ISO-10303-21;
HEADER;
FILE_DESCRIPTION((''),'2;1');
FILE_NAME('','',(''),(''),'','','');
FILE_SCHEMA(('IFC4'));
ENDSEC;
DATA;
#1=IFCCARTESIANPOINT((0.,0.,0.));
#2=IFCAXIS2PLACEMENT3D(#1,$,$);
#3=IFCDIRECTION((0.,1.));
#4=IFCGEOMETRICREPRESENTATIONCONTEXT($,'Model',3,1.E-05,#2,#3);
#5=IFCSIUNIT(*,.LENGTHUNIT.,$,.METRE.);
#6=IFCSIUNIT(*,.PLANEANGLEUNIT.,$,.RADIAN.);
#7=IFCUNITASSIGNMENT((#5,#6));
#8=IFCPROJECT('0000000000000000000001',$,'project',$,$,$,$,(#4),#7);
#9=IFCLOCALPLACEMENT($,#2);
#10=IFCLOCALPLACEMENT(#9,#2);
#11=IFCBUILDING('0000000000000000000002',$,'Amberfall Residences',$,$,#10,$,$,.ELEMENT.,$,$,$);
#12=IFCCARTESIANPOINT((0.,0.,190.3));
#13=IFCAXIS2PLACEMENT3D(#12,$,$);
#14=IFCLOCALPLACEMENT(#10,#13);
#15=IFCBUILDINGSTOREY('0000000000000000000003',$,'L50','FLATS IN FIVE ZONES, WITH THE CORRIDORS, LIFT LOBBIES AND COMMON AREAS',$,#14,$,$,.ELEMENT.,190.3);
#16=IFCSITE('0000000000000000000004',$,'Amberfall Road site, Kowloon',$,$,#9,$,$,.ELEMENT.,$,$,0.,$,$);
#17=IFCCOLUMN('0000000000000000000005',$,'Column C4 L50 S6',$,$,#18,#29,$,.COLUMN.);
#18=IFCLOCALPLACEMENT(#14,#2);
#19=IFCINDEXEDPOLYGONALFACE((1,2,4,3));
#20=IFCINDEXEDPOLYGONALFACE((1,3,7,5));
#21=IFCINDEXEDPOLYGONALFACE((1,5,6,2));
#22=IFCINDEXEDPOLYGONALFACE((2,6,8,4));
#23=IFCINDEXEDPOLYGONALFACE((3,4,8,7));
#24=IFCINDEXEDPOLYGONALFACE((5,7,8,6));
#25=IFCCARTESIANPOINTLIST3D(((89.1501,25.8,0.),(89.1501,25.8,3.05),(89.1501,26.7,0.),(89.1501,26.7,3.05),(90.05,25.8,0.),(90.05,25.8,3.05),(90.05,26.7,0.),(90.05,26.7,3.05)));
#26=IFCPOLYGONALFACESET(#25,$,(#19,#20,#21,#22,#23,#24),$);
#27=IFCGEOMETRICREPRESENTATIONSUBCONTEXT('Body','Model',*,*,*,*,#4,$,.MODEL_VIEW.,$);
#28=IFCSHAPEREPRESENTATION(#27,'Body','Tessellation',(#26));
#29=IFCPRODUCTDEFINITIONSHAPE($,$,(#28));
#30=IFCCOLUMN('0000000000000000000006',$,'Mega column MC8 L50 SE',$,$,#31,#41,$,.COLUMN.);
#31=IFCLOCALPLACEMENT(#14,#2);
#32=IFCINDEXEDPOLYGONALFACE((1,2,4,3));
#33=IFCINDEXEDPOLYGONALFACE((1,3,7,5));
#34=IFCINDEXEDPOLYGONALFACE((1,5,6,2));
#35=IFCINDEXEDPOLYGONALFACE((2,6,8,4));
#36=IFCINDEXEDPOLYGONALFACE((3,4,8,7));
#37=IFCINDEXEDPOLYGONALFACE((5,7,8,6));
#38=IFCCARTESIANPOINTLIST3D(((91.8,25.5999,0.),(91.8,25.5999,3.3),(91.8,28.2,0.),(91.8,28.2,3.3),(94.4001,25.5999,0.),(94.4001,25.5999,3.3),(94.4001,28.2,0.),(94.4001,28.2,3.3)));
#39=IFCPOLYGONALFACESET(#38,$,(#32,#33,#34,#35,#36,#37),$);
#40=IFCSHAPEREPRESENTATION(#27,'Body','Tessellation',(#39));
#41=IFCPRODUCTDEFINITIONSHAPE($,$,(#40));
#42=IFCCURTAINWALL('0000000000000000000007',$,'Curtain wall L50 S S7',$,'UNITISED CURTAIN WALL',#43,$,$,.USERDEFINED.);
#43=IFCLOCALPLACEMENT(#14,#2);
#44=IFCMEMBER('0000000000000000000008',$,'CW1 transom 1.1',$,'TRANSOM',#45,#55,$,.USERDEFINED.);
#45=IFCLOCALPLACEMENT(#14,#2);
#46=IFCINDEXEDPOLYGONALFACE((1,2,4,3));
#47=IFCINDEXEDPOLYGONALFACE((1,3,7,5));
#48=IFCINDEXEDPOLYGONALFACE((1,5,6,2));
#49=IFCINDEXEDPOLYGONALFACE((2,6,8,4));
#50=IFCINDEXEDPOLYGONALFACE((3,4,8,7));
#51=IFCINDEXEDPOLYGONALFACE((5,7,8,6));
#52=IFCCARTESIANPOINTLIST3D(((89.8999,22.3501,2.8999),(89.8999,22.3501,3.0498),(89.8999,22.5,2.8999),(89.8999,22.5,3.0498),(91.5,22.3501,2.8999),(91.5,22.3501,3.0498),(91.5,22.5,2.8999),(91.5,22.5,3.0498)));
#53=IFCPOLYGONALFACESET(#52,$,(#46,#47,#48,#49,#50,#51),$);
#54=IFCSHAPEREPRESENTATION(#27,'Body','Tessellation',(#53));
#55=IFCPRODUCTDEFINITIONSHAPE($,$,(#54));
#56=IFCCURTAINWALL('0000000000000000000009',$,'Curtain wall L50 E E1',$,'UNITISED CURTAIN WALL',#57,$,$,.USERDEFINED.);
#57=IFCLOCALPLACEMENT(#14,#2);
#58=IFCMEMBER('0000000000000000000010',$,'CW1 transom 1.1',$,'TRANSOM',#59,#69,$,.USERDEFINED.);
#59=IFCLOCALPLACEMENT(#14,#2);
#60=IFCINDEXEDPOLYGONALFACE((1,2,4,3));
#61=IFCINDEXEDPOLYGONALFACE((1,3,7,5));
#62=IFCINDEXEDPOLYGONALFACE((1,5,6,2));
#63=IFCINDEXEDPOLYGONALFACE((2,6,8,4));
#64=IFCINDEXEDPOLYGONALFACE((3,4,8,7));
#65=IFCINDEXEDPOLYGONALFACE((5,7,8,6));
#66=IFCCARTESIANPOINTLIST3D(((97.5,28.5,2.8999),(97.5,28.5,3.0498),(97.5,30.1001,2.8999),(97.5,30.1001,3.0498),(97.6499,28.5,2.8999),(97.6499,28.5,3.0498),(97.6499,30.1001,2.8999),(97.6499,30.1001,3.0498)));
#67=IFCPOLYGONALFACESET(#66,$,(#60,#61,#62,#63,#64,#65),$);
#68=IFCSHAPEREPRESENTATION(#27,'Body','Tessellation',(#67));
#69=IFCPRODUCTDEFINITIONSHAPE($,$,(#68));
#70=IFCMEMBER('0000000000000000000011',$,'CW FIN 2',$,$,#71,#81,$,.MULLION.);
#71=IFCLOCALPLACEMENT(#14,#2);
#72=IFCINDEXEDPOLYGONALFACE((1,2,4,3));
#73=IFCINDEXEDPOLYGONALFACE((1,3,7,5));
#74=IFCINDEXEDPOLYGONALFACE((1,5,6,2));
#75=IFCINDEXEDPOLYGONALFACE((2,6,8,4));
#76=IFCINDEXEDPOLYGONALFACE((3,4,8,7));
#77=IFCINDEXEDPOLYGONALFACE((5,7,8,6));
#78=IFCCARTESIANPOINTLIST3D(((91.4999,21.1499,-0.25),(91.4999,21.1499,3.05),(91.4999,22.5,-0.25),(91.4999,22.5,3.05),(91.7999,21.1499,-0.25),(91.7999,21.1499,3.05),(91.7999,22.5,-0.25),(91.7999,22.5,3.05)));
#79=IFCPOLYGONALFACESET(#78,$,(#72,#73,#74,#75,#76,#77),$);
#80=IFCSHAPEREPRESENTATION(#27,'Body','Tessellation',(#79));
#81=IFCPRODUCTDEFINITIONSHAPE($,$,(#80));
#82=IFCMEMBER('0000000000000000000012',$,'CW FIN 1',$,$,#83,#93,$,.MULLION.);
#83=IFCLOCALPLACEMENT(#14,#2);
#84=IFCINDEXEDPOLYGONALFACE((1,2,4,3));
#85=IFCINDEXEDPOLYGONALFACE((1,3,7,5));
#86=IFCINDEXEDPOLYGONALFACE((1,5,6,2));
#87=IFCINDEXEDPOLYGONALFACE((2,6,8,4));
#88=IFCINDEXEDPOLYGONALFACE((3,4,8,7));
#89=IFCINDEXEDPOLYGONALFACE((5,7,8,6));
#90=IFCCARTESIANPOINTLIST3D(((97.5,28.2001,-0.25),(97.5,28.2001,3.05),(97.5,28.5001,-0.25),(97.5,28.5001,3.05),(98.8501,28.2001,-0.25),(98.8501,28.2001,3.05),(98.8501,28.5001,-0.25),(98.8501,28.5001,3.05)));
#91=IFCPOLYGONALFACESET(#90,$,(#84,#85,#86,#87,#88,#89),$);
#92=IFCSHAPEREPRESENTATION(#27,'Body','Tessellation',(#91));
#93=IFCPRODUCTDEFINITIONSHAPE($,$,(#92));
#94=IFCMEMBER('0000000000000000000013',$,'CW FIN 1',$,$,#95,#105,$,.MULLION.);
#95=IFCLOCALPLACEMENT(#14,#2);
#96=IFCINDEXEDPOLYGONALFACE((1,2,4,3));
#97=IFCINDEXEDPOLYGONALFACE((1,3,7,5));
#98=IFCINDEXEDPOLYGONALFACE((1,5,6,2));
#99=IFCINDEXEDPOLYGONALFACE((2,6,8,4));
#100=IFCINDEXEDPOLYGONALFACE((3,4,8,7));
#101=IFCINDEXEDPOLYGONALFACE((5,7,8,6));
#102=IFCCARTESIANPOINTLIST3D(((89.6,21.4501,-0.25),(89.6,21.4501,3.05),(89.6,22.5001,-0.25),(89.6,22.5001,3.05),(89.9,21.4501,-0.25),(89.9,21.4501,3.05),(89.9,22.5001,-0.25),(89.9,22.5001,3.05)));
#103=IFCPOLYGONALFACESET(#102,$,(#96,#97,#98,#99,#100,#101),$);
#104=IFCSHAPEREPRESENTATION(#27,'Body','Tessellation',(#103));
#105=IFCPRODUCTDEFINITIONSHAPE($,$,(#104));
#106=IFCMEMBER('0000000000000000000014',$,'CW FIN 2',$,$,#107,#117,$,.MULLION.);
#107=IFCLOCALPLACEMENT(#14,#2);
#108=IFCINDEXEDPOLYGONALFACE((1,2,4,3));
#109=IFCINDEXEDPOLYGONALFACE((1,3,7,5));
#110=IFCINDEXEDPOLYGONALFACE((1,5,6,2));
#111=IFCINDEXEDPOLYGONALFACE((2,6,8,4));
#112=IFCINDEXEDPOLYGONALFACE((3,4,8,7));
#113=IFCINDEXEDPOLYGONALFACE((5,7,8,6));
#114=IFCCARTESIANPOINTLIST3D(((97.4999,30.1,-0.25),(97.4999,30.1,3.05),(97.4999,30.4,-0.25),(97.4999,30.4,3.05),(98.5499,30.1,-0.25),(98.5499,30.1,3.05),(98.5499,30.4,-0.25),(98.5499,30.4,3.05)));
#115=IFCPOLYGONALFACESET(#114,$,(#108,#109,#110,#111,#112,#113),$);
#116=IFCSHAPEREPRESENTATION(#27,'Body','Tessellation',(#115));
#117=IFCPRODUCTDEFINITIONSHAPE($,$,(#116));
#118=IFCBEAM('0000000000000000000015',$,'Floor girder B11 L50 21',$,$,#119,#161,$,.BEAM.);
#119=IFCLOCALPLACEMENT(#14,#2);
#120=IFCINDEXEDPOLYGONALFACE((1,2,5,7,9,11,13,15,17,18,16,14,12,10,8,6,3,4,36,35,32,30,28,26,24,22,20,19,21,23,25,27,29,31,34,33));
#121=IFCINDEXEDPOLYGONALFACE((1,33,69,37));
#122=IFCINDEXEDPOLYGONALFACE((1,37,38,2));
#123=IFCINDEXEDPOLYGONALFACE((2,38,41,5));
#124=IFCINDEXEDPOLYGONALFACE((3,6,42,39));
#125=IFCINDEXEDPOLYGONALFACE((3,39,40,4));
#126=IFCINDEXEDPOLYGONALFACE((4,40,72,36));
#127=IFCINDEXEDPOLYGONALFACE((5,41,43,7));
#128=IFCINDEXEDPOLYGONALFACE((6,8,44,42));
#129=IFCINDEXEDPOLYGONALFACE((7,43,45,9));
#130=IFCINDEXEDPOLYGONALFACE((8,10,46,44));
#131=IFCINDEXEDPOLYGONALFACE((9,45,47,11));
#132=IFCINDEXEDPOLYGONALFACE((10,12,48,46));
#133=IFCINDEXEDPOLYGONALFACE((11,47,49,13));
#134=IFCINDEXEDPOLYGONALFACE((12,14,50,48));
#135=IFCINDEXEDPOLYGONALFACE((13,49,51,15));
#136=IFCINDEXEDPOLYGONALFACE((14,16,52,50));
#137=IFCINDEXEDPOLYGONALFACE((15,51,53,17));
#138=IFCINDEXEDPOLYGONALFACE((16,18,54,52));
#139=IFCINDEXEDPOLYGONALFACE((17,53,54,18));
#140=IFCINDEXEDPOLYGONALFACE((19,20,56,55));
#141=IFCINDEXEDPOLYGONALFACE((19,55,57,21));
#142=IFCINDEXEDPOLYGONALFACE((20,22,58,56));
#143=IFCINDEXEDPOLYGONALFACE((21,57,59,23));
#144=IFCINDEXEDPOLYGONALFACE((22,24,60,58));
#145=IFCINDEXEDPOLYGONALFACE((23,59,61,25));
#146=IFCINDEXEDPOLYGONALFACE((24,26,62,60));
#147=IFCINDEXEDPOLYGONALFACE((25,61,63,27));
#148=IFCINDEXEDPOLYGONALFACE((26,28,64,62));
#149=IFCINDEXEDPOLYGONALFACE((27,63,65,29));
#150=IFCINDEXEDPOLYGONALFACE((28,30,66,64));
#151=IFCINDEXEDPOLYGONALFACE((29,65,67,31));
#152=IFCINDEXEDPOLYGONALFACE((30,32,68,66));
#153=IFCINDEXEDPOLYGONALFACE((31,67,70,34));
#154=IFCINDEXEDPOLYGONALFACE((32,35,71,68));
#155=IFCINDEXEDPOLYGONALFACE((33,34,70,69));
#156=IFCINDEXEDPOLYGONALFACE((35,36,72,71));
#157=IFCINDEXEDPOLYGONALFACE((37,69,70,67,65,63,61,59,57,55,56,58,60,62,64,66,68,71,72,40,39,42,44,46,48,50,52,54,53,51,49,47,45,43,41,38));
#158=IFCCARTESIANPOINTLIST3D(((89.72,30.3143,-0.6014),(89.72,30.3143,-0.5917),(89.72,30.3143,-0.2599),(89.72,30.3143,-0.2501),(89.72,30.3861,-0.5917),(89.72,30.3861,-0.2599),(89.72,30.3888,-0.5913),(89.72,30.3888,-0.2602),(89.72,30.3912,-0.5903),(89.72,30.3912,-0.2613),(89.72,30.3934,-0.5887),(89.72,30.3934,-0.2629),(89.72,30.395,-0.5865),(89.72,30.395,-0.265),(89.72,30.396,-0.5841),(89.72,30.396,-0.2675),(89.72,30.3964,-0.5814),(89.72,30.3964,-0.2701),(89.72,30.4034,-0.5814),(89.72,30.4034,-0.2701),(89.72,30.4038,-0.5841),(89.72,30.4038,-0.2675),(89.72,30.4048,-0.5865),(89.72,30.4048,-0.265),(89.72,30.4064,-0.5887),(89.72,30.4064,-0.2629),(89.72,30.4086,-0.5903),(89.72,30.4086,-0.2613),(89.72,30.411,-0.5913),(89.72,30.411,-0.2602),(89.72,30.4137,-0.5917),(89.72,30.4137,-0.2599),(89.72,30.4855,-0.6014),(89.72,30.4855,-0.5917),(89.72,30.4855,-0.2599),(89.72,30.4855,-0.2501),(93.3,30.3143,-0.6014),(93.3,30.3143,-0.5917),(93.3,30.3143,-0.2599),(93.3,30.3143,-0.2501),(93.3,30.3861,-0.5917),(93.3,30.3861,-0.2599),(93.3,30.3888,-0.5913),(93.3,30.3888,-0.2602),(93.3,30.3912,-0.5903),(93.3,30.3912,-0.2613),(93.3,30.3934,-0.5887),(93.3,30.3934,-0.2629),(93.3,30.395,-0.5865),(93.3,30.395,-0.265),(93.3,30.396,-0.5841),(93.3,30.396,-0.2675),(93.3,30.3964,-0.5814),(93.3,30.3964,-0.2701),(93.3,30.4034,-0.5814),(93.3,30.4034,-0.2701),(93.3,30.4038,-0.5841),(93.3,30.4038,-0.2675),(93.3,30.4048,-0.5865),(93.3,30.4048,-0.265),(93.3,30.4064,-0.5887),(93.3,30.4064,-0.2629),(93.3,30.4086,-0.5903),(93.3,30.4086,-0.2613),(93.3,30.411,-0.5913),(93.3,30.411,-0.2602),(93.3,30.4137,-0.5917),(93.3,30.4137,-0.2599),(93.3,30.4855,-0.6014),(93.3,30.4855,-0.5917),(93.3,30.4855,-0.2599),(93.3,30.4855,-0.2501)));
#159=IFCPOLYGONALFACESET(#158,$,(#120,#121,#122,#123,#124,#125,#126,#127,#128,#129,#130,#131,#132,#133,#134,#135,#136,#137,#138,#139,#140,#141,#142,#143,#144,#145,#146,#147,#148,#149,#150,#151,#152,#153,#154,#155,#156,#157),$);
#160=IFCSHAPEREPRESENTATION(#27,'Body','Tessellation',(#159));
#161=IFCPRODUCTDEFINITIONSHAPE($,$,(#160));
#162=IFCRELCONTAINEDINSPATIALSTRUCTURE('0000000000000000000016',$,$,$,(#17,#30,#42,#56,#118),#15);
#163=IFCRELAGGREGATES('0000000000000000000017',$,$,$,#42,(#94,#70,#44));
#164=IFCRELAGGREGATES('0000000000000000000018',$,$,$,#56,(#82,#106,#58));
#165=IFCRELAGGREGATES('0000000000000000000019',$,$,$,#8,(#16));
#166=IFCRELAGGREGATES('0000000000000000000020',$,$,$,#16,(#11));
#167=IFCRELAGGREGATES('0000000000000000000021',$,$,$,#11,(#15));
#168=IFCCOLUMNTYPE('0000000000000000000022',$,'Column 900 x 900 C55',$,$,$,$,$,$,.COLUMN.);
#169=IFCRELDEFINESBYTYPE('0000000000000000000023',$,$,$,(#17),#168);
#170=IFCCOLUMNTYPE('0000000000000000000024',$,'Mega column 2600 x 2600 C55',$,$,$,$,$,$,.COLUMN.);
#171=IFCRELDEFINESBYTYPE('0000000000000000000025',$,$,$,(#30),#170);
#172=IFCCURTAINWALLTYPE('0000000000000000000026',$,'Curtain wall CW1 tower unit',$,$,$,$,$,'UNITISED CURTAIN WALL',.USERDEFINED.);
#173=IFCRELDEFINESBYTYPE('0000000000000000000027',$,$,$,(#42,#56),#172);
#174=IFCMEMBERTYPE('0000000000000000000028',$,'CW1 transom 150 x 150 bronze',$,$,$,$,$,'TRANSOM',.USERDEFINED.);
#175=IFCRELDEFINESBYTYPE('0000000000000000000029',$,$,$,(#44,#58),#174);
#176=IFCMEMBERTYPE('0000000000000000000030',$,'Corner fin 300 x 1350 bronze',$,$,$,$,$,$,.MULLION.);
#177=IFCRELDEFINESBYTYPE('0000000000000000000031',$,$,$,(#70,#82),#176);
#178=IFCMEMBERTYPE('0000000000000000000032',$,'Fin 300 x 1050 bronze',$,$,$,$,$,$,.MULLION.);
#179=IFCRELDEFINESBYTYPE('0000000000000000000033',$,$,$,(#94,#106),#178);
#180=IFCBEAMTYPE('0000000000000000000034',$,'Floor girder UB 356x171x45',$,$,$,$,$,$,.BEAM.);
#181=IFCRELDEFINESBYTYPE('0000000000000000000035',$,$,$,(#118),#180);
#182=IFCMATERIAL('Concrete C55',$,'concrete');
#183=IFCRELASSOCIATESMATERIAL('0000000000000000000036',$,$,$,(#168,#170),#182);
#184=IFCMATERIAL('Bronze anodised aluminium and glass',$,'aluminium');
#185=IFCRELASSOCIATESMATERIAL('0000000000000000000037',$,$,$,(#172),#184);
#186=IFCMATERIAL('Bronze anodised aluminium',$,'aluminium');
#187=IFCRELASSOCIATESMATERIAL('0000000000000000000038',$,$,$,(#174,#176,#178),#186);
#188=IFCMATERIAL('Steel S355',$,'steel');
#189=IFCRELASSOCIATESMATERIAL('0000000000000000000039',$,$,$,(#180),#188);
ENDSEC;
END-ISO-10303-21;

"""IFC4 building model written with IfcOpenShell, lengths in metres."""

from ifc_helpers import new_model, si_unit, direction, frame, origin, origin_2d, place, context, subcontext, project, spatial, rectangle, i_section, extrude, material, material_profile, profile_set, type_object, element, aggregate, save


model = new_model("IFC4")

# Units and contexts
model_context = context("Model", 3, precision=1e-05, world=origin(), true_north=direction((0.0, 1.0)))
body_context = subcontext(model_context, "Body", "Model", "MODEL_VIEW")
ifc_project = project(units=[si_unit("LENGTHUNIT", "METRE"), si_unit("PLANEANGLEUNIT", "RADIAN")], contexts=[model_context])

# Site, building, storey
site_placement = place(None, origin())
site = spatial("IfcSite", under=ifc_project, at=site_placement, Name="Amberfall Road site, Kowloon", CompositionType="ELEMENT", RefElevation=0.0)
building_placement = place(site_placement, origin())
building = spatial("IfcBuilding", under=site, at=building_placement, Name="Amberfall Residences", CompositionType="ELEMENT")
storey_placement = place(building_placement, frame((0.0, 0.0, 190.3)))
storey = spatial("IfcBuildingStorey", under=building, at=storey_placement, Name="L50", Description="FLATS IN FIVE ZONES, WITH THE CORRIDORS, LIFT LOBBIES AND COMMON AREAS", CompositionType="ELEMENT", Elevation=190.3)

# Columns
ifc_material_1 = material(Name="Concrete C55", Category="concrete")
ifc_material_profile_1 = material_profile(ifc_material_1, rectangle(XDim=0.8999, YDim=0.8999, at=origin_2d()), Name="Column 900 x 900 C55")
ifc_profile_set_1 = profile_set([ifc_material_profile_1], Name="Concrete C55")
column_type_1 = type_object("IfcColumnType", Name="Column 900 x 900 C55", PredefinedType="COLUMN", material=ifc_profile_set_1)
column_1_placement = place(storey_placement, frame((89.6001, 26.25, 0.0), z_axis=(0.0, 0.0, 1.0), x_axis=(1.0, 0.0, 0.0)))
element("IfcColumn", 1, at=column_1_placement, inside=storey, type_object=column_type_1, Name="Column C4 L50 S6", PredefinedType="COLUMN", context=body_context, shape_type="SweptSolid", body=[
    extrude(rectangle(XDim=0.8999, YDim=0.8999, at=origin_2d()), origin(), (0.0, 0.0, 1.0), 3.05),
])
ifc_material_profile_2 = material_profile(ifc_material_1, rectangle(XDim=2.6001, YDim=2.6001, at=origin_2d()), Name="Mega column 2600 x 2600 C55")
ifc_profile_set_2 = profile_set([ifc_material_profile_2], Name="Concrete C55")
column_type_2 = type_object("IfcColumnType", Name="Mega column 2600 x 2600 C55", PredefinedType="COLUMN", material=ifc_profile_set_2)
column_2_placement = place(storey_placement, frame((93.1001, 26.8999, 0.0), z_axis=(0.0, 0.0, 1.0), x_axis=(1.0, 0.0, 0.0)))
element("IfcColumn", 2, at=column_2_placement, inside=storey, type_object=column_type_2, Name="Mega column MC8 L50 SE", PredefinedType="COLUMN", context=body_context, shape_type="SweptSolid", body=[
    extrude(rectangle(XDim=2.6001, YDim=2.6001, at=origin_2d()), origin(), (0.0, 0.0, 1.0), 3.3),
])

# Curtain walls, members
ifc_material_2 = material(Name="Bronze anodised aluminium and glass", Category="aluminium")
curtain_wall_type = type_object("IfcCurtainWallType", Name="Curtain wall CW1 tower unit", ElementType="UNITISED CURTAIN WALL", PredefinedType="USERDEFINED", material=ifc_material_2)
curtain_wall_1_placement = place(storey_placement, origin())
curtain_wall_1 = element("IfcCurtainWall", 3, at=curtain_wall_1_placement, inside=storey, type_object=curtain_wall_type, Name="Curtain wall L50 S S7", ObjectType="UNITISED CURTAIN WALL", PredefinedType="USERDEFINED")
ifc_material_3 = material(Name="Bronze anodised aluminium", Category="aluminium")
ifc_material_profile_3 = material_profile(ifc_material_3, rectangle(XDim=0.1499, YDim=0.1499, at=origin_2d()), Name="CW1 transom 150 x 150 bronze")
ifc_profile_set_3 = profile_set([ifc_material_profile_3], Name="Bronze anodised aluminium")
member_type_1 = type_object("IfcMemberType", Name="CW1 transom 150 x 150 bronze", ElementType="TRANSOM", PredefinedType="USERDEFINED", material=ifc_profile_set_3)
member_1_placement = place(storey_placement, frame((89.8999, 22.425, 2.9749), z_axis=(1.0, 0.0, 0.0), x_axis=(0.0, 1.0, 0.0)))
member_1 = element("IfcMember", 4, at=member_1_placement, type_object=member_type_1, Name="CW1 transom 1.1", ObjectType="TRANSOM", PredefinedType="USERDEFINED", context=body_context, shape_type="SweptSolid", body=[
    extrude(rectangle(XDim=0.1499, YDim=0.1499, at=origin_2d()), origin(), (0.0, 0.0, 1.0), 1.6001),
])
curtain_wall_2_placement = place(storey_placement, origin())
curtain_wall_2 = element("IfcCurtainWall", 5, at=curtain_wall_2_placement, inside=storey, type_object=curtain_wall_type, Name="Curtain wall L50 E E1", ObjectType="UNITISED CURTAIN WALL", PredefinedType="USERDEFINED")
member_2_placement = place(storey_placement, frame((97.575, 28.5, 2.9749), z_axis=(0.0, 1.0, 0.0), x_axis=(-1.0, 0.0, 0.0)))
member_2 = element("IfcMember", 6, at=member_2_placement, type_object=member_type_1, Name="CW1 transom 1.1", ObjectType="TRANSOM", PredefinedType="USERDEFINED", context=body_context, shape_type="SweptSolid", body=[
    extrude(rectangle(XDim=0.1499, YDim=0.1499, at=origin_2d()), origin(), (0.0, 0.0, 1.0), 1.6001),
])

# Members
ifc_material_profile_4 = material_profile(ifc_material_3, rectangle(XDim=1.3501, YDim=0.3, at=origin_2d()), Name="Corner fin 300 x 1350 bronze")
ifc_profile_set_4 = profile_set([ifc_material_profile_4], Name="Bronze anodised aluminium")
member_type_2 = type_object("IfcMemberType", Name="Corner fin 300 x 1350 bronze", PredefinedType="MULLION", material=ifc_profile_set_4)
member_3_placement = place(storey_placement, frame((91.6499, 21.825, -0.25), z_axis=(0.0, 0.0, 1.0), x_axis=(0.0, 1.0, 0.0)))
member_3 = element("IfcMember", 7, at=member_3_placement, type_object=member_type_2, Name="CW FIN 2", PredefinedType="MULLION", context=body_context, shape_type="SweptSolid", body=[
    extrude(rectangle(XDim=1.3501, YDim=0.3, at=origin_2d()), origin(), (0.0, 0.0, 1.0), 3.3),
])
member_4_placement = place(storey_placement, frame((98.175, 28.3501, -0.25), z_axis=(0.0, 0.0, 1.0), x_axis=(-1.0, 0.0, 0.0)))
member_4 = element("IfcMember", 8, at=member_4_placement, type_object=member_type_2, Name="CW FIN 1", PredefinedType="MULLION", context=body_context, shape_type="SweptSolid", body=[
    extrude(rectangle(XDim=1.3501, YDim=0.3, at=origin_2d()), origin(), (0.0, 0.0, 1.0), 3.3),
])
ifc_material_profile_5 = material_profile(ifc_material_3, rectangle(XDim=1.05, YDim=0.3, at=origin_2d()), Name="Fin 300 x 1050 bronze")
ifc_profile_set_5 = profile_set([ifc_material_profile_5], Name="Bronze anodised aluminium")
member_type_3 = type_object("IfcMemberType", Name="Fin 300 x 1050 bronze", PredefinedType="MULLION", material=ifc_profile_set_5)
member_5_placement = place(storey_placement, frame((89.75, 21.9751, -0.25), z_axis=(0.0, 0.0, 1.0), x_axis=(0.0, 1.0, 0.0)))
member_5 = element("IfcMember", 9, at=member_5_placement, type_object=member_type_3, Name="CW FIN 1", PredefinedType="MULLION", context=body_context, shape_type="SweptSolid", body=[
    extrude(rectangle(XDim=1.05, YDim=0.3, at=origin_2d()), origin(), (0.0, 0.0, 1.0), 3.3),
])
member_6_placement = place(storey_placement, frame((98.0249, 30.25, -0.25), z_axis=(0.0, 0.0, 1.0), x_axis=(-1.0, 0.0, 0.0)))
member_6 = element("IfcMember", 10, at=member_6_placement, type_object=member_type_3, Name="CW FIN 2", PredefinedType="MULLION", context=body_context, shape_type="SweptSolid", body=[
    extrude(rectangle(XDim=1.05, YDim=0.3, at=origin_2d()), origin(), (0.0, 0.0, 1.0), 3.3),
])

# Beam
ifc_material_4 = material(Name="Steel S355", Category="steel")
ifc_material_profile_6 = material_profile(ifc_material_4, i_section(OverallWidth=0.1711, OverallDepth=0.3513, WebThickness=0.0071, FlangeThickness=0.0098, FilletRadius=0.0103, at=origin_2d()), Name="UB 356x171x45")
ifc_profile_set_6 = profile_set([ifc_material_profile_6], Name="Steel S355")
beam_type_1 = type_object("IfcBeamType", Name="Floor girder UB 356x171x45", PredefinedType="BEAM", material=ifc_profile_set_6)
beam_1_placement = place(storey_placement, frame((93.3, 30.3999, -0.4258), z_axis=(-1.0, 0.0, 0.0), x_axis=(0.0, -1.0, 0.0)))
element("IfcBeam", 11, at=beam_1_placement, inside=storey, type_object=beam_type_1, Name="Floor girder B11 L50 21", PredefinedType="BEAM", context=body_context, shape_type="SweptSolid", body=[
    extrude(i_section(OverallWidth=0.1711, OverallDepth=0.3513, WebThickness=0.0071, FlangeThickness=0.0098, FilletRadius=0.0103, at=origin_2d()), origin(), (0.0, 0.0, 1.0), 3.5801),
])

aggregate(curtain_wall_1, [member_5, member_3, member_1])
aggregate(curtain_wall_2, [member_4, member_6, member_2])

save(model, "model.ifc")
